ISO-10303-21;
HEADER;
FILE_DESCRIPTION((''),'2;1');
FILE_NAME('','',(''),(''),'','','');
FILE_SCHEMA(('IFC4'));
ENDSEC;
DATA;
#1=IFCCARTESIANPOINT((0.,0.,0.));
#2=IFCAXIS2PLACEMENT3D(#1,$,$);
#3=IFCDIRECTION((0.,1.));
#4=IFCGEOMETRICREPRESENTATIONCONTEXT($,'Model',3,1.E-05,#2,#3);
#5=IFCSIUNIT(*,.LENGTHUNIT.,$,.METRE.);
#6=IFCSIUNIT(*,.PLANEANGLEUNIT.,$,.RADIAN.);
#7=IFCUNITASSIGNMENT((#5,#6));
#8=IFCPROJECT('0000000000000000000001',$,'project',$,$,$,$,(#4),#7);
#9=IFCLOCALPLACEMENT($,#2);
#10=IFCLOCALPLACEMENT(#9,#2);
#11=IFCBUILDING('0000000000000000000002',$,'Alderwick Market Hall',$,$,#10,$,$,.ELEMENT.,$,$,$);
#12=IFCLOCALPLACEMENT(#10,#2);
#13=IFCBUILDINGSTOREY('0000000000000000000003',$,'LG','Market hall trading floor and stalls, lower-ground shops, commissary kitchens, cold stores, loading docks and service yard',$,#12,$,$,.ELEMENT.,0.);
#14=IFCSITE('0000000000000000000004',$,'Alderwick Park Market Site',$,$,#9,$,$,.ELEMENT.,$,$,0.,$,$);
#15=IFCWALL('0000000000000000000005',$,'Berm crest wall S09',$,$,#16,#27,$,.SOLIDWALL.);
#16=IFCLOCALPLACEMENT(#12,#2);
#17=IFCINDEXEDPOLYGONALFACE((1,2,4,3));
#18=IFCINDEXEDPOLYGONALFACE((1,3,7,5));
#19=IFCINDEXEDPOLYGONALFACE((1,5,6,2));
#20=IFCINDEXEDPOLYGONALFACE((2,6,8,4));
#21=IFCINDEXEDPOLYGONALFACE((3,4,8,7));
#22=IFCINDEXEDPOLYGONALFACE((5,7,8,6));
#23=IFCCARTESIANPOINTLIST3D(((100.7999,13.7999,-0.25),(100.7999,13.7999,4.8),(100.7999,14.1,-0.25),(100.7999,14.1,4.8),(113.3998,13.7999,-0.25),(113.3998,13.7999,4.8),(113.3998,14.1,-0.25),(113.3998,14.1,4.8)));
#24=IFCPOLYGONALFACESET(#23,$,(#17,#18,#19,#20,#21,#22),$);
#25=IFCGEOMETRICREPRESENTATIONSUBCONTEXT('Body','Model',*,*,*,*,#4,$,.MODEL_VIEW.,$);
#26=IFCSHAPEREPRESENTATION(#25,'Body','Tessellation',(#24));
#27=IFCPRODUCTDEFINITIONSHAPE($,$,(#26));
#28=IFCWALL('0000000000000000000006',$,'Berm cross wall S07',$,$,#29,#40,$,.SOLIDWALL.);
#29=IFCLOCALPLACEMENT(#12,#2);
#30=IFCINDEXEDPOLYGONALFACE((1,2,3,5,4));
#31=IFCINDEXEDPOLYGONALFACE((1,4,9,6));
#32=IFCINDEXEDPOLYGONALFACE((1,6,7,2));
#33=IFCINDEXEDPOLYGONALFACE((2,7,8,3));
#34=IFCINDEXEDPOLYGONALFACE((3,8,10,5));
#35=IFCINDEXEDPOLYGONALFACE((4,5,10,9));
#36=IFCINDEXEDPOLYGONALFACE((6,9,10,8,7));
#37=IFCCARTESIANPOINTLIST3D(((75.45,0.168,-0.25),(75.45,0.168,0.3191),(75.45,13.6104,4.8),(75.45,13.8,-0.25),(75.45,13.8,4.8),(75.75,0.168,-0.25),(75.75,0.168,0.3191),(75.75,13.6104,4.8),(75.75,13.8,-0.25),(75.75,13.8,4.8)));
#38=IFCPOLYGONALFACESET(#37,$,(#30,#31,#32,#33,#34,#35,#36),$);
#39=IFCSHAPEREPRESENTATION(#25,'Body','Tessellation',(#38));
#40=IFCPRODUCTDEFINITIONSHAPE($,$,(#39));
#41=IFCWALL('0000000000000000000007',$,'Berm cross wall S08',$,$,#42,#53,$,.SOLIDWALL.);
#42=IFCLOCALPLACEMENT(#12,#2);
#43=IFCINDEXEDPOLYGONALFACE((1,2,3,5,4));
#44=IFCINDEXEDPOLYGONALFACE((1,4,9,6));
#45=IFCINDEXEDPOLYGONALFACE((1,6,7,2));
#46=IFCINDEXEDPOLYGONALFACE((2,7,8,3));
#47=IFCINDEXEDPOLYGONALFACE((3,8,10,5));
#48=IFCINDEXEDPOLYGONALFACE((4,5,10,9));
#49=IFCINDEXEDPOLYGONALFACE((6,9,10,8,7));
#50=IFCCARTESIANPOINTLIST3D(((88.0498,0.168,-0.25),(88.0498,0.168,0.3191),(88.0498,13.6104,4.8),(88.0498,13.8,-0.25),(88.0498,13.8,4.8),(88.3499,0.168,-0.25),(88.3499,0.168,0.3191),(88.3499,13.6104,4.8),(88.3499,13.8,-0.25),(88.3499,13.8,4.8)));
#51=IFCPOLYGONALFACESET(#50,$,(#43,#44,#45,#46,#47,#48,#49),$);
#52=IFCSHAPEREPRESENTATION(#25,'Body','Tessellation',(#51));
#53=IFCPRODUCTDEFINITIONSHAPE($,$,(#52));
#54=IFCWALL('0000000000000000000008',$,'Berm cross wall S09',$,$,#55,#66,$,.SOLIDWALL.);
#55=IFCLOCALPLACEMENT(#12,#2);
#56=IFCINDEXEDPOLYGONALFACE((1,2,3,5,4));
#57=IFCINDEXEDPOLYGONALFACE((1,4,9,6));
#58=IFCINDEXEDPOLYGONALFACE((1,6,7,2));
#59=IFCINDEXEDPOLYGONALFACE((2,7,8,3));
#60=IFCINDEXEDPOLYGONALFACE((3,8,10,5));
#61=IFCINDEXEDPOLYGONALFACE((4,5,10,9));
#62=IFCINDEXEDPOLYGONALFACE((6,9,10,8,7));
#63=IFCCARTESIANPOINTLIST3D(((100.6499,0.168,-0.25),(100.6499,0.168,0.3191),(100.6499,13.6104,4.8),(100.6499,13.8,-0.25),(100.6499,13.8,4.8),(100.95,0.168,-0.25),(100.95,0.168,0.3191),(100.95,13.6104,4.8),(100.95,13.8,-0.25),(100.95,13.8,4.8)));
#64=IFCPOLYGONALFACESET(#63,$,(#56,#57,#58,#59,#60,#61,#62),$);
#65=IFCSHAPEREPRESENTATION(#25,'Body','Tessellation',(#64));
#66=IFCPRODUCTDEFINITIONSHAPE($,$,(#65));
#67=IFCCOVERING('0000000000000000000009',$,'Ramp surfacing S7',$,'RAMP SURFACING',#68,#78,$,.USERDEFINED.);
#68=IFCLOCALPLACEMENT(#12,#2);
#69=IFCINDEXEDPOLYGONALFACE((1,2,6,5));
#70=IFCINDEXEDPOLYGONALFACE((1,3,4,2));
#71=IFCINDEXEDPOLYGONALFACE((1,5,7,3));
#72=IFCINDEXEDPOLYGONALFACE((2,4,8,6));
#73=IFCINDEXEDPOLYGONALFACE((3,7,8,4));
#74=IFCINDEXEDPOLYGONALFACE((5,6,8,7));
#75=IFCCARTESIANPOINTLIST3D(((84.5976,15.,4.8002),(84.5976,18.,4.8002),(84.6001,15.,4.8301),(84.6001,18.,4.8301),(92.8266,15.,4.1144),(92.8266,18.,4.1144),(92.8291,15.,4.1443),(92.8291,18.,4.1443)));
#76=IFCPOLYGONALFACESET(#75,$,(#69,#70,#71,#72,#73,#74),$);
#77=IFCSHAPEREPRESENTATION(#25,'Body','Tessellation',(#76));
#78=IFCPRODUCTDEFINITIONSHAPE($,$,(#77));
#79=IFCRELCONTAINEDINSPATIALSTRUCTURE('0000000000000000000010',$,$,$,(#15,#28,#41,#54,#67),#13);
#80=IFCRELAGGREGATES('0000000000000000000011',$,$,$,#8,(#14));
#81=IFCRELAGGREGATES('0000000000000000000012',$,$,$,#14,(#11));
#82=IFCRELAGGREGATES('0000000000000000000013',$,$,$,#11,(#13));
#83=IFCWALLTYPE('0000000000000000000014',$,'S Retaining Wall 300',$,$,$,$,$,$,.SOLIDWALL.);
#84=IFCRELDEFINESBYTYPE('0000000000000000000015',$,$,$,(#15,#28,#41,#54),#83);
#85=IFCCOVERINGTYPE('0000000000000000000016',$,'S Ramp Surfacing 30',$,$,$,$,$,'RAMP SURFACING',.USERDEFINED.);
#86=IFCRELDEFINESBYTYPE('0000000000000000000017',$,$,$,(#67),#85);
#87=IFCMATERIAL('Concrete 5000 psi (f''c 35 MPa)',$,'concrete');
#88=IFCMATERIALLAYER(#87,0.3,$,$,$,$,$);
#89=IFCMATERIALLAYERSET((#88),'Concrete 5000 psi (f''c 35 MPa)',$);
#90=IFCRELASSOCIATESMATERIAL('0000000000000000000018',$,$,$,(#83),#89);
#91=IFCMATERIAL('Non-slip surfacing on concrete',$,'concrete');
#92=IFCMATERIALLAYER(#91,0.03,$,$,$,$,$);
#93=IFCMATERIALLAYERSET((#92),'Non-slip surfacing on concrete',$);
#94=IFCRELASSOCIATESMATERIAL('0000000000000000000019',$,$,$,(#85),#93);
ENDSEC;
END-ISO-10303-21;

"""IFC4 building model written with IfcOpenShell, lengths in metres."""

from ifc_helpers import new_model, si_unit, direction, frame, frame_2d, origin, place, context, subcontext, project, spatial, polyline, rectangle, outline, extrude, material, layer, layer_set, type_object, element, save


model = new_model("IFC4")

# Units and contexts
model_context = context("Model", 3, precision=1e-05, world=origin(), true_north=direction((0.0, 1.0)))
body_context = subcontext(model_context, "Body", "Model", "MODEL_VIEW")
ifc_project = project(units=[si_unit("LENGTHUNIT", "METRE"), si_unit("PLANEANGLEUNIT", "RADIAN")], contexts=[model_context])

# Site, building, storey
site_placement = place(None, origin())
site = spatial("IfcSite", under=ifc_project, at=site_placement, Name="Alderwick Park Market Site", CompositionType="ELEMENT", RefElevation=0.0)
building_placement = place(site_placement, origin())
building = spatial("IfcBuilding", under=site, at=building_placement, Name="Alderwick Market Hall", CompositionType="ELEMENT")
storey_placement = place(building_placement, origin())
storey = spatial("IfcBuildingStorey", under=building, at=storey_placement, Name="LG", Description="Market hall trading floor and stalls, lower-ground shops, commissary kitchens, cold stores, loading docks and service yard", CompositionType="ELEMENT", Elevation=0.0)

# Walls
ifc_material_1 = material(Name="Concrete 5000 psi (f'c 35 MPa)", Category="concrete")
ifc_layer_1 = layer(ifc_material_1, 0.3)
ifc_layer_set_1 = layer_set([ifc_layer_1], Name="Concrete 5000 psi (f'c 35 MPa)")
wall_type_1 = type_object("IfcWallType", Name="S Retaining Wall 300", PredefinedType="SOLIDWALL", material=ifc_layer_set_1)
wall_1_placement = place(storey_placement, frame((100.8, 13.95, -0.25), z_axis=(0.0, 0.0, 1.0), x_axis=(1.0, 0.0, 0.0)))
element("IfcWall", 1, at=wall_1_placement, inside=storey, type_object=wall_type_1, Name="Berm crest wall S09", PredefinedType="SOLIDWALL", context=body_context, shape_type="SweptSolid", body=[
    extrude(rectangle(XDim=12.5999, YDim=0.3, at=frame_2d((6.2998, 0.0))), origin(), (0.0, 0.0, 1.0), 5.05),
])
for number, where, z_axis, x_axis, name in (
    (2, (75.6001, 13.8, -0.25), (0.0, 0.0, 1.0), (0.0, -1.0, 0.0), "Berm cross wall S07"),
    (3, (88.2, 13.8, -0.25), (0.0, 0.0, 1.0), (0.0, -1.0, 0.0), "Berm cross wall S08"),
    (4, (100.8, 13.8, -0.25), (0.0, 0.0, 1.0), (0.0, -1.0, 0.0), "Berm cross wall S09"),
):
    element("IfcWall", number, at=place(storey_placement, frame(where, z_axis=z_axis, x_axis=x_axis)), inside=storey, type_object=wall_type_1, Name=name, PredefinedType="SOLIDWALL", context=body_context, shape_type="SweptSolid", body=[
        extrude(outline(polyline([(0.0, 0.0), (13.6321, 0.0), (13.6321, 0.5691), (0.1897, 5.05), (0.0, 5.05), (0.0, 0.0)])), frame((0.0, 0.1499, 0.0), z_axis=(0.0, -1.0, 0.0), x_axis=(1.0, 0.0, 0.0)), (0.0, 0.0, 1.0), 0.3),
    ])

# Covering
ifc_material_2 = material(Name="Non-slip surfacing on concrete", Category="concrete")
ifc_layer_2 = layer(ifc_material_2, 0.03)
ifc_layer_set_2 = layer_set([ifc_layer_2], Name="Non-slip surfacing on concrete")
covering_type = type_object("IfcCoveringType", Name="S Ramp Surfacing 30", ElementType="RAMP SURFACING", PredefinedType="USERDEFINED", material=ifc_layer_set_2)
covering_placement = place(storey_placement, frame((92.8291, 15.0, 4.1443), z_axis=(0.08305, 0.0, 0.996545), x_axis=(-0.996545, 0.0, 0.08305)))
element("IfcCovering", 5, at=covering_placement, inside=storey, type_object=covering_type, Name="Ramp surfacing S7", ObjectType="RAMP SURFACING", PredefinedType="USERDEFINED", context=body_context, shape_type="SweptSolid", body=[
    extrude(outline(polyline([(0.0, 0.0), (8.2575, 0.0), (8.2575, -3.0), (0.0, -3.0), (0.0, 0.0)])), origin(), (0.0, 0.0, -1.0), 0.03),
])

save(model, "model.ifc")
